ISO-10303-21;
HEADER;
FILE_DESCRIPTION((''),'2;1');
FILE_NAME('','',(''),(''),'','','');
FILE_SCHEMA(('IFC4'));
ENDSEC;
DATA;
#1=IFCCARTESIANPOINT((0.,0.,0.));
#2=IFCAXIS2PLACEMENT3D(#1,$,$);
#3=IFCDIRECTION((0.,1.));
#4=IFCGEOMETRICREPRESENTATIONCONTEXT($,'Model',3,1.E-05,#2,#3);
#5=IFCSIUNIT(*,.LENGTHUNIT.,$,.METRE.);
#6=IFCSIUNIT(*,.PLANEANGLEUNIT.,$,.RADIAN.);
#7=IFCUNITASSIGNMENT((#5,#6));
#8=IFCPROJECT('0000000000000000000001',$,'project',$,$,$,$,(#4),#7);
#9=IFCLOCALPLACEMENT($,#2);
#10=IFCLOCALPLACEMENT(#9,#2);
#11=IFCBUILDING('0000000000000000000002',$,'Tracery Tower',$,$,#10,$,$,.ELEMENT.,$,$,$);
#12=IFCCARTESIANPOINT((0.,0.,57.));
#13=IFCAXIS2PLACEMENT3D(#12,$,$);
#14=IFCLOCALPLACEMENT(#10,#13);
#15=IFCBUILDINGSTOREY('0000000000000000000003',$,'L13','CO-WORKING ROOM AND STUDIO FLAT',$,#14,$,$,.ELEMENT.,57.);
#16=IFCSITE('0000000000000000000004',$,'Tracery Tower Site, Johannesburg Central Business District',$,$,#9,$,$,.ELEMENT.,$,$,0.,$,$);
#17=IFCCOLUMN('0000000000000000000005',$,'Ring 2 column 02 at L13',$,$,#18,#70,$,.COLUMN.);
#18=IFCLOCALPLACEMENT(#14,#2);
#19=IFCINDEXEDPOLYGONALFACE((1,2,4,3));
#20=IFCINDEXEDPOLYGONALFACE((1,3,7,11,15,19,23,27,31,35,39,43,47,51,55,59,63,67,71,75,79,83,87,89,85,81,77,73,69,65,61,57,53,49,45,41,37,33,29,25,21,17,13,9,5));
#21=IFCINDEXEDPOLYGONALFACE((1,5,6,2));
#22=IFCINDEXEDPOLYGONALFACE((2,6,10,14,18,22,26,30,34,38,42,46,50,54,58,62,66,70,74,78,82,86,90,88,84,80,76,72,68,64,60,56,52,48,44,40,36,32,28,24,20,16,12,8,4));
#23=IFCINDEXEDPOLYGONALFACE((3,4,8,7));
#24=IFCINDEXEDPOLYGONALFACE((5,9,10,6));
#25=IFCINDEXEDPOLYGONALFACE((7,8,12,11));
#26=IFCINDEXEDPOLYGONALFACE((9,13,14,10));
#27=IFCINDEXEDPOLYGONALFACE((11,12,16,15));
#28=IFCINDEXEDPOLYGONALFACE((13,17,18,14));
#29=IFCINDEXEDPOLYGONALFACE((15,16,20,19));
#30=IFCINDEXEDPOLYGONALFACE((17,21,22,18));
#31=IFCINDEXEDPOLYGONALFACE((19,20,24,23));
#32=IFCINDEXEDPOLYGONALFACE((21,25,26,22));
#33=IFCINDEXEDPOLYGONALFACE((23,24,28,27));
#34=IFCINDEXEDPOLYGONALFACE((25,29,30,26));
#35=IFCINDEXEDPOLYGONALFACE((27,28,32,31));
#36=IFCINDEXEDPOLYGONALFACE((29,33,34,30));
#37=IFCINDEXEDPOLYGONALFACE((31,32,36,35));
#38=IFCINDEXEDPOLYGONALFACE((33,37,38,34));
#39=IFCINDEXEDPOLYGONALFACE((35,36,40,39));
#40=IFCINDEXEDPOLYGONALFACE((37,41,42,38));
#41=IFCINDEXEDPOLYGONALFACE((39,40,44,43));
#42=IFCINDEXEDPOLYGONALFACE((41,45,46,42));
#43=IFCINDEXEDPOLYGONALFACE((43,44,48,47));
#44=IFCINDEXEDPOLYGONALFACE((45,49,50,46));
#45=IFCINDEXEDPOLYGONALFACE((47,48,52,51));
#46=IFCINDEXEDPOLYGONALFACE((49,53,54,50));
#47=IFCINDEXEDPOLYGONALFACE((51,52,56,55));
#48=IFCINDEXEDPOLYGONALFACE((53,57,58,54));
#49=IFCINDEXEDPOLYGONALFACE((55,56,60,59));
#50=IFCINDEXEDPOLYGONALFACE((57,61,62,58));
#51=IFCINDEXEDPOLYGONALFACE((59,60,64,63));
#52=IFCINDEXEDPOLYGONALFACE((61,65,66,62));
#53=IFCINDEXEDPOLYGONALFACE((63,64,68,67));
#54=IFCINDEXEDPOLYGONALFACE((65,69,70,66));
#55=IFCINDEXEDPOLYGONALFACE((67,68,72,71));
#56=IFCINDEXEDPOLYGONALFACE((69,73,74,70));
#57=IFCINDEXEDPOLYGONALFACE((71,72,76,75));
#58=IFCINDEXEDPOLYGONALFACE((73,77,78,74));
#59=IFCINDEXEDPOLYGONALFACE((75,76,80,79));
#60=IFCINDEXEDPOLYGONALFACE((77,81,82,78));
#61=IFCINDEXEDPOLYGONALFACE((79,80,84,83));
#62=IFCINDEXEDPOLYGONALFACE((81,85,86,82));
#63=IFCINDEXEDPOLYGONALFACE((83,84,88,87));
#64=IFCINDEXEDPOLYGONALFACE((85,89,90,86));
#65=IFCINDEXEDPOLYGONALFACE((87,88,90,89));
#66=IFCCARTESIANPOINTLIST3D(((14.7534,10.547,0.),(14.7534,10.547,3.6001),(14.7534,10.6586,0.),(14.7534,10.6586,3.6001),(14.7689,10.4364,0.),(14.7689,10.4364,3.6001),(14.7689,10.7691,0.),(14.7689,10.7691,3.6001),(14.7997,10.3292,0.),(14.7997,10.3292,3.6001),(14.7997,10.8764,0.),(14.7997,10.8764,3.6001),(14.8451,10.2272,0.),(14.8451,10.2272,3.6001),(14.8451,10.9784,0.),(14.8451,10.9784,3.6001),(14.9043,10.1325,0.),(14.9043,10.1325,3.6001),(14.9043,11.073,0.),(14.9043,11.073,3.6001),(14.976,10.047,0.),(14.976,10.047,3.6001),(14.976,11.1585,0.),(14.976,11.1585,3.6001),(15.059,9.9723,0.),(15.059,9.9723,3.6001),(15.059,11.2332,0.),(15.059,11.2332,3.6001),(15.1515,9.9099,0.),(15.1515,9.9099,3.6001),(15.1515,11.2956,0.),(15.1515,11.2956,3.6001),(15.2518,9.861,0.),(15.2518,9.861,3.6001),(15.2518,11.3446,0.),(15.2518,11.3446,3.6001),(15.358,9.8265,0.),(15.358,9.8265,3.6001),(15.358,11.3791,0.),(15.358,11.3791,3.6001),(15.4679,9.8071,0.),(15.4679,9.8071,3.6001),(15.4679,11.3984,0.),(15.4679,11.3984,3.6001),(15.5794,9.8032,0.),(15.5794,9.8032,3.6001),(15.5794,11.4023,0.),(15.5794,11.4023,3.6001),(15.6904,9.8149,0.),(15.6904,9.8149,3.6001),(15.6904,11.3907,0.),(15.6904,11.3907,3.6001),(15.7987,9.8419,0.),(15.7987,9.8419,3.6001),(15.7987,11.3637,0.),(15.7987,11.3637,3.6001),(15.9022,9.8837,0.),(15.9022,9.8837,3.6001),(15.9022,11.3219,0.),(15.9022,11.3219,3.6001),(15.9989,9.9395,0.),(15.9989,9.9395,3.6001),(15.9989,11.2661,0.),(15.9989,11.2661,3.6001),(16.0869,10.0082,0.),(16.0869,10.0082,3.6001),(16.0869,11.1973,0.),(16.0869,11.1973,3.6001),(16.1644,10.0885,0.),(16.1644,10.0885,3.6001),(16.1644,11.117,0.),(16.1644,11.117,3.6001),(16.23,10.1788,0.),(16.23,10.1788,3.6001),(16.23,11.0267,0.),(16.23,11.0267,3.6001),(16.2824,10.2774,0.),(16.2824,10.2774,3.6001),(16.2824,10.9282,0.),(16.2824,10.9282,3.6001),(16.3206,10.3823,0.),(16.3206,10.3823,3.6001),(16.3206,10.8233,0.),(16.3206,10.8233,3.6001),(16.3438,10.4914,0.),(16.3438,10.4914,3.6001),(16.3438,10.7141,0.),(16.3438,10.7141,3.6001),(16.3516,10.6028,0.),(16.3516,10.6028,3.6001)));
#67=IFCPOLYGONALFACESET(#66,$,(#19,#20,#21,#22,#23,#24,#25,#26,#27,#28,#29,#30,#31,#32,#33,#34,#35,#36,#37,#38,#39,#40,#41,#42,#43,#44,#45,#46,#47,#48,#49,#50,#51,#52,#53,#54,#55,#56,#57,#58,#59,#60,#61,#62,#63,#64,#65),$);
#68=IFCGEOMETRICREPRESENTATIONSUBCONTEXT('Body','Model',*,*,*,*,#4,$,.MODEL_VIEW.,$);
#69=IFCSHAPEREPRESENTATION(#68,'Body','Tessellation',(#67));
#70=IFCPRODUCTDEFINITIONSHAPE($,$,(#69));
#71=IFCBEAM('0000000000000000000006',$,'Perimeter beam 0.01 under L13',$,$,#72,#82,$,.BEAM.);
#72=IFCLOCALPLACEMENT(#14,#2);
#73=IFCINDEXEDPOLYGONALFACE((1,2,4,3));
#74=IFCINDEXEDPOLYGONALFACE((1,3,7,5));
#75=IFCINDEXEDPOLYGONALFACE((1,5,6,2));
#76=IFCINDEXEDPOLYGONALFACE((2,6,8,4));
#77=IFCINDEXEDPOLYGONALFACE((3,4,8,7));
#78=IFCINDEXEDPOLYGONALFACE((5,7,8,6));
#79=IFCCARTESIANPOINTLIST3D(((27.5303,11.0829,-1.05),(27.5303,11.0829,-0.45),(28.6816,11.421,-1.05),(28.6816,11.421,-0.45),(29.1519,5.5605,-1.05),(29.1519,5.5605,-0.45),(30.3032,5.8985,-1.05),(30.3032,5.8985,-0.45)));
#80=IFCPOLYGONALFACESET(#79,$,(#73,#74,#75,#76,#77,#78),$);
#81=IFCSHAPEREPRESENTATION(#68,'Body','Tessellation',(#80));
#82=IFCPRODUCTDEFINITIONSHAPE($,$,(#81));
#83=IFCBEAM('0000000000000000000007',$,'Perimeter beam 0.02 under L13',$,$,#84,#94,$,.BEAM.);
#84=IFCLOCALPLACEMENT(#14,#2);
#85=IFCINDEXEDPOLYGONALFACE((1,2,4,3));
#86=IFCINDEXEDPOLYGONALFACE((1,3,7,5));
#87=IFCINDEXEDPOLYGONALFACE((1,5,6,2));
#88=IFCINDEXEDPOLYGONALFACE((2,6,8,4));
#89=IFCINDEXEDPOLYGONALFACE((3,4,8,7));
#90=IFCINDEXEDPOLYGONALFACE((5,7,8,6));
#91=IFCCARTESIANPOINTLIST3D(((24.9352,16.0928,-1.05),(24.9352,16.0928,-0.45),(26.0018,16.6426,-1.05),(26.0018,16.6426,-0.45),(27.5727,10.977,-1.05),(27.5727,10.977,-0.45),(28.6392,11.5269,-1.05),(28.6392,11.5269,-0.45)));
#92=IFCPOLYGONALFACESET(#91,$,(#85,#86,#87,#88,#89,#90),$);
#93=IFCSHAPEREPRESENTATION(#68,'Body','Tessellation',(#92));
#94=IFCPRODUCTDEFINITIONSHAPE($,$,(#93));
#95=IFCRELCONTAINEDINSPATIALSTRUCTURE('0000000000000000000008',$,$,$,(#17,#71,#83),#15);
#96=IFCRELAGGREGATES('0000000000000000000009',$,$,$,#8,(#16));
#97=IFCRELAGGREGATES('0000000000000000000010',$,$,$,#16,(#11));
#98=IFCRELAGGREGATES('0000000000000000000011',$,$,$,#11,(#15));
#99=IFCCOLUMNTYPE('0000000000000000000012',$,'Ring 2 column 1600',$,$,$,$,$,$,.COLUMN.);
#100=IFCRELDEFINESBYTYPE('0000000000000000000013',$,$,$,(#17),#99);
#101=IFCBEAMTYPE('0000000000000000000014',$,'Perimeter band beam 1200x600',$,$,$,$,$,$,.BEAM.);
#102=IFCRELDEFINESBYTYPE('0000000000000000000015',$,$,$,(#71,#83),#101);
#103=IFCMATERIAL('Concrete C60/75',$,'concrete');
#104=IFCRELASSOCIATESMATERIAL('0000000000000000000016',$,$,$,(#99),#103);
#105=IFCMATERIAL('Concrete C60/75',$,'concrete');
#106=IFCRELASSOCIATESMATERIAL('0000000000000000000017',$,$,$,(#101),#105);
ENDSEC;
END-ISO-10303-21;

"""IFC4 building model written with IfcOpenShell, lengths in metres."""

from ifc_helpers import new_model, si_unit, direction, frame, origin, origin_2d, place, context, subcontext, project, spatial, rectangle, circle, extrude, material, material_profile, profile_set, type_object, element, save


model = new_model("IFC4")

# Units and contexts
model_context = context("Model", 3, precision=1e-05, world=origin(), true_north=direction((0.0, 1.0)))
body_context = subcontext(model_context, "Body", "Model", "MODEL_VIEW")
ifc_project = project(units=[si_unit("LENGTHUNIT", "METRE"), si_unit("PLANEANGLEUNIT", "RADIAN")], contexts=[model_context])

# Site, building, storey
site_placement = place(None, origin())
site = spatial("IfcSite", under=ifc_project, at=site_placement, Name="Tracery Tower Site, Johannesburg Central Business District", CompositionType="ELEMENT", RefElevation=0.0)
building_placement = place(site_placement, origin())
building = spatial("IfcBuilding", under=site, at=building_placement, Name="Tracery Tower", CompositionType="ELEMENT")
storey_placement = place(building_placement, frame((0.0, 0.0, 57.0)))
storey = spatial("IfcBuildingStorey", under=building, at=storey_placement, Name="L13", Description="CO-WORKING ROOM AND STUDIO FLAT", CompositionType="ELEMENT", Elevation=57.0)

# Column
ifc_material_1 = material(Name="Concrete C60/75", Category="concrete")
ifc_material_profile_1 = material_profile(ifc_material_1, circle(Radius=0.8, at=origin_2d()), Name="RC D1600")
ifc_profile_set_1 = profile_set([ifc_material_profile_1], Name="Concrete C60/75")
column_type_1 = type_object("IfcColumnType", Name="Ring 2 column 1600", PredefinedType="COLUMN", material=ifc_profile_set_1)
for number, where, z_axis, x_axis, name in (
    (1, (15.5515, 10.6028, 0.0), (0.0, 0.0, 1.0), (1.0, 0.0, 0.0), "Ring 2 column 02 at L13"),
):
    element("IfcColumn", number, at=place(storey_placement, frame(where, z_axis=z_axis, x_axis=x_axis)), inside=storey, type_object=column_type_1, Name=name, PredefinedType="COLUMN", context=body_context, shape_type="SweptSolid", body=[
        extrude(circle(Radius=0.8, at=origin_2d()), origin(), (0.0, 0.0, 1.0), 3.6001),
    ])

# Beams
ifc_material_2 = material(Name="Concrete C60/75", Category="concrete")
ifc_material_profile_2 = material_profile(ifc_material_2, rectangle(XDim=1.2, YDim=0.6001, at=origin_2d()), Name="RC 1200x600")
ifc_profile_set_2 = profile_set([ifc_material_profile_2], Name="Concrete C60/75")
beam_type = type_object("IfcBeamType", Name="Perimeter band beam 1200x600", PredefinedType="BEAM", material=ifc_profile_set_2)
for number, where, z_axis, x_axis, name in (
    (2, (29.7275, 5.7295, -0.75), (-0.281739, 0.959491, 0.0), (-0.959491, -0.281739, 0.0), "Perimeter beam 0.01 under L13"),
    (3, (28.106, 11.252, -0.75), (-0.458242, 0.888827, 0.0), (-0.888827, -0.458242, 0.0), "Perimeter beam 0.02 under L13"),
):
    element("IfcBeam", number, at=place(storey_placement, frame(where, z_axis=z_axis, x_axis=x_axis)), inside=storey, type_object=beam_type, Name=name, PredefinedType="BEAM", context=body_context, shape_type="SweptSolid", body=[
        extrude(rectangle(XDim=1.2, YDim=0.6001, at=origin_2d()), origin(), (0.0, 0.0, 1.0), 5.7556),
    ])

save(model, "model.ifc")
